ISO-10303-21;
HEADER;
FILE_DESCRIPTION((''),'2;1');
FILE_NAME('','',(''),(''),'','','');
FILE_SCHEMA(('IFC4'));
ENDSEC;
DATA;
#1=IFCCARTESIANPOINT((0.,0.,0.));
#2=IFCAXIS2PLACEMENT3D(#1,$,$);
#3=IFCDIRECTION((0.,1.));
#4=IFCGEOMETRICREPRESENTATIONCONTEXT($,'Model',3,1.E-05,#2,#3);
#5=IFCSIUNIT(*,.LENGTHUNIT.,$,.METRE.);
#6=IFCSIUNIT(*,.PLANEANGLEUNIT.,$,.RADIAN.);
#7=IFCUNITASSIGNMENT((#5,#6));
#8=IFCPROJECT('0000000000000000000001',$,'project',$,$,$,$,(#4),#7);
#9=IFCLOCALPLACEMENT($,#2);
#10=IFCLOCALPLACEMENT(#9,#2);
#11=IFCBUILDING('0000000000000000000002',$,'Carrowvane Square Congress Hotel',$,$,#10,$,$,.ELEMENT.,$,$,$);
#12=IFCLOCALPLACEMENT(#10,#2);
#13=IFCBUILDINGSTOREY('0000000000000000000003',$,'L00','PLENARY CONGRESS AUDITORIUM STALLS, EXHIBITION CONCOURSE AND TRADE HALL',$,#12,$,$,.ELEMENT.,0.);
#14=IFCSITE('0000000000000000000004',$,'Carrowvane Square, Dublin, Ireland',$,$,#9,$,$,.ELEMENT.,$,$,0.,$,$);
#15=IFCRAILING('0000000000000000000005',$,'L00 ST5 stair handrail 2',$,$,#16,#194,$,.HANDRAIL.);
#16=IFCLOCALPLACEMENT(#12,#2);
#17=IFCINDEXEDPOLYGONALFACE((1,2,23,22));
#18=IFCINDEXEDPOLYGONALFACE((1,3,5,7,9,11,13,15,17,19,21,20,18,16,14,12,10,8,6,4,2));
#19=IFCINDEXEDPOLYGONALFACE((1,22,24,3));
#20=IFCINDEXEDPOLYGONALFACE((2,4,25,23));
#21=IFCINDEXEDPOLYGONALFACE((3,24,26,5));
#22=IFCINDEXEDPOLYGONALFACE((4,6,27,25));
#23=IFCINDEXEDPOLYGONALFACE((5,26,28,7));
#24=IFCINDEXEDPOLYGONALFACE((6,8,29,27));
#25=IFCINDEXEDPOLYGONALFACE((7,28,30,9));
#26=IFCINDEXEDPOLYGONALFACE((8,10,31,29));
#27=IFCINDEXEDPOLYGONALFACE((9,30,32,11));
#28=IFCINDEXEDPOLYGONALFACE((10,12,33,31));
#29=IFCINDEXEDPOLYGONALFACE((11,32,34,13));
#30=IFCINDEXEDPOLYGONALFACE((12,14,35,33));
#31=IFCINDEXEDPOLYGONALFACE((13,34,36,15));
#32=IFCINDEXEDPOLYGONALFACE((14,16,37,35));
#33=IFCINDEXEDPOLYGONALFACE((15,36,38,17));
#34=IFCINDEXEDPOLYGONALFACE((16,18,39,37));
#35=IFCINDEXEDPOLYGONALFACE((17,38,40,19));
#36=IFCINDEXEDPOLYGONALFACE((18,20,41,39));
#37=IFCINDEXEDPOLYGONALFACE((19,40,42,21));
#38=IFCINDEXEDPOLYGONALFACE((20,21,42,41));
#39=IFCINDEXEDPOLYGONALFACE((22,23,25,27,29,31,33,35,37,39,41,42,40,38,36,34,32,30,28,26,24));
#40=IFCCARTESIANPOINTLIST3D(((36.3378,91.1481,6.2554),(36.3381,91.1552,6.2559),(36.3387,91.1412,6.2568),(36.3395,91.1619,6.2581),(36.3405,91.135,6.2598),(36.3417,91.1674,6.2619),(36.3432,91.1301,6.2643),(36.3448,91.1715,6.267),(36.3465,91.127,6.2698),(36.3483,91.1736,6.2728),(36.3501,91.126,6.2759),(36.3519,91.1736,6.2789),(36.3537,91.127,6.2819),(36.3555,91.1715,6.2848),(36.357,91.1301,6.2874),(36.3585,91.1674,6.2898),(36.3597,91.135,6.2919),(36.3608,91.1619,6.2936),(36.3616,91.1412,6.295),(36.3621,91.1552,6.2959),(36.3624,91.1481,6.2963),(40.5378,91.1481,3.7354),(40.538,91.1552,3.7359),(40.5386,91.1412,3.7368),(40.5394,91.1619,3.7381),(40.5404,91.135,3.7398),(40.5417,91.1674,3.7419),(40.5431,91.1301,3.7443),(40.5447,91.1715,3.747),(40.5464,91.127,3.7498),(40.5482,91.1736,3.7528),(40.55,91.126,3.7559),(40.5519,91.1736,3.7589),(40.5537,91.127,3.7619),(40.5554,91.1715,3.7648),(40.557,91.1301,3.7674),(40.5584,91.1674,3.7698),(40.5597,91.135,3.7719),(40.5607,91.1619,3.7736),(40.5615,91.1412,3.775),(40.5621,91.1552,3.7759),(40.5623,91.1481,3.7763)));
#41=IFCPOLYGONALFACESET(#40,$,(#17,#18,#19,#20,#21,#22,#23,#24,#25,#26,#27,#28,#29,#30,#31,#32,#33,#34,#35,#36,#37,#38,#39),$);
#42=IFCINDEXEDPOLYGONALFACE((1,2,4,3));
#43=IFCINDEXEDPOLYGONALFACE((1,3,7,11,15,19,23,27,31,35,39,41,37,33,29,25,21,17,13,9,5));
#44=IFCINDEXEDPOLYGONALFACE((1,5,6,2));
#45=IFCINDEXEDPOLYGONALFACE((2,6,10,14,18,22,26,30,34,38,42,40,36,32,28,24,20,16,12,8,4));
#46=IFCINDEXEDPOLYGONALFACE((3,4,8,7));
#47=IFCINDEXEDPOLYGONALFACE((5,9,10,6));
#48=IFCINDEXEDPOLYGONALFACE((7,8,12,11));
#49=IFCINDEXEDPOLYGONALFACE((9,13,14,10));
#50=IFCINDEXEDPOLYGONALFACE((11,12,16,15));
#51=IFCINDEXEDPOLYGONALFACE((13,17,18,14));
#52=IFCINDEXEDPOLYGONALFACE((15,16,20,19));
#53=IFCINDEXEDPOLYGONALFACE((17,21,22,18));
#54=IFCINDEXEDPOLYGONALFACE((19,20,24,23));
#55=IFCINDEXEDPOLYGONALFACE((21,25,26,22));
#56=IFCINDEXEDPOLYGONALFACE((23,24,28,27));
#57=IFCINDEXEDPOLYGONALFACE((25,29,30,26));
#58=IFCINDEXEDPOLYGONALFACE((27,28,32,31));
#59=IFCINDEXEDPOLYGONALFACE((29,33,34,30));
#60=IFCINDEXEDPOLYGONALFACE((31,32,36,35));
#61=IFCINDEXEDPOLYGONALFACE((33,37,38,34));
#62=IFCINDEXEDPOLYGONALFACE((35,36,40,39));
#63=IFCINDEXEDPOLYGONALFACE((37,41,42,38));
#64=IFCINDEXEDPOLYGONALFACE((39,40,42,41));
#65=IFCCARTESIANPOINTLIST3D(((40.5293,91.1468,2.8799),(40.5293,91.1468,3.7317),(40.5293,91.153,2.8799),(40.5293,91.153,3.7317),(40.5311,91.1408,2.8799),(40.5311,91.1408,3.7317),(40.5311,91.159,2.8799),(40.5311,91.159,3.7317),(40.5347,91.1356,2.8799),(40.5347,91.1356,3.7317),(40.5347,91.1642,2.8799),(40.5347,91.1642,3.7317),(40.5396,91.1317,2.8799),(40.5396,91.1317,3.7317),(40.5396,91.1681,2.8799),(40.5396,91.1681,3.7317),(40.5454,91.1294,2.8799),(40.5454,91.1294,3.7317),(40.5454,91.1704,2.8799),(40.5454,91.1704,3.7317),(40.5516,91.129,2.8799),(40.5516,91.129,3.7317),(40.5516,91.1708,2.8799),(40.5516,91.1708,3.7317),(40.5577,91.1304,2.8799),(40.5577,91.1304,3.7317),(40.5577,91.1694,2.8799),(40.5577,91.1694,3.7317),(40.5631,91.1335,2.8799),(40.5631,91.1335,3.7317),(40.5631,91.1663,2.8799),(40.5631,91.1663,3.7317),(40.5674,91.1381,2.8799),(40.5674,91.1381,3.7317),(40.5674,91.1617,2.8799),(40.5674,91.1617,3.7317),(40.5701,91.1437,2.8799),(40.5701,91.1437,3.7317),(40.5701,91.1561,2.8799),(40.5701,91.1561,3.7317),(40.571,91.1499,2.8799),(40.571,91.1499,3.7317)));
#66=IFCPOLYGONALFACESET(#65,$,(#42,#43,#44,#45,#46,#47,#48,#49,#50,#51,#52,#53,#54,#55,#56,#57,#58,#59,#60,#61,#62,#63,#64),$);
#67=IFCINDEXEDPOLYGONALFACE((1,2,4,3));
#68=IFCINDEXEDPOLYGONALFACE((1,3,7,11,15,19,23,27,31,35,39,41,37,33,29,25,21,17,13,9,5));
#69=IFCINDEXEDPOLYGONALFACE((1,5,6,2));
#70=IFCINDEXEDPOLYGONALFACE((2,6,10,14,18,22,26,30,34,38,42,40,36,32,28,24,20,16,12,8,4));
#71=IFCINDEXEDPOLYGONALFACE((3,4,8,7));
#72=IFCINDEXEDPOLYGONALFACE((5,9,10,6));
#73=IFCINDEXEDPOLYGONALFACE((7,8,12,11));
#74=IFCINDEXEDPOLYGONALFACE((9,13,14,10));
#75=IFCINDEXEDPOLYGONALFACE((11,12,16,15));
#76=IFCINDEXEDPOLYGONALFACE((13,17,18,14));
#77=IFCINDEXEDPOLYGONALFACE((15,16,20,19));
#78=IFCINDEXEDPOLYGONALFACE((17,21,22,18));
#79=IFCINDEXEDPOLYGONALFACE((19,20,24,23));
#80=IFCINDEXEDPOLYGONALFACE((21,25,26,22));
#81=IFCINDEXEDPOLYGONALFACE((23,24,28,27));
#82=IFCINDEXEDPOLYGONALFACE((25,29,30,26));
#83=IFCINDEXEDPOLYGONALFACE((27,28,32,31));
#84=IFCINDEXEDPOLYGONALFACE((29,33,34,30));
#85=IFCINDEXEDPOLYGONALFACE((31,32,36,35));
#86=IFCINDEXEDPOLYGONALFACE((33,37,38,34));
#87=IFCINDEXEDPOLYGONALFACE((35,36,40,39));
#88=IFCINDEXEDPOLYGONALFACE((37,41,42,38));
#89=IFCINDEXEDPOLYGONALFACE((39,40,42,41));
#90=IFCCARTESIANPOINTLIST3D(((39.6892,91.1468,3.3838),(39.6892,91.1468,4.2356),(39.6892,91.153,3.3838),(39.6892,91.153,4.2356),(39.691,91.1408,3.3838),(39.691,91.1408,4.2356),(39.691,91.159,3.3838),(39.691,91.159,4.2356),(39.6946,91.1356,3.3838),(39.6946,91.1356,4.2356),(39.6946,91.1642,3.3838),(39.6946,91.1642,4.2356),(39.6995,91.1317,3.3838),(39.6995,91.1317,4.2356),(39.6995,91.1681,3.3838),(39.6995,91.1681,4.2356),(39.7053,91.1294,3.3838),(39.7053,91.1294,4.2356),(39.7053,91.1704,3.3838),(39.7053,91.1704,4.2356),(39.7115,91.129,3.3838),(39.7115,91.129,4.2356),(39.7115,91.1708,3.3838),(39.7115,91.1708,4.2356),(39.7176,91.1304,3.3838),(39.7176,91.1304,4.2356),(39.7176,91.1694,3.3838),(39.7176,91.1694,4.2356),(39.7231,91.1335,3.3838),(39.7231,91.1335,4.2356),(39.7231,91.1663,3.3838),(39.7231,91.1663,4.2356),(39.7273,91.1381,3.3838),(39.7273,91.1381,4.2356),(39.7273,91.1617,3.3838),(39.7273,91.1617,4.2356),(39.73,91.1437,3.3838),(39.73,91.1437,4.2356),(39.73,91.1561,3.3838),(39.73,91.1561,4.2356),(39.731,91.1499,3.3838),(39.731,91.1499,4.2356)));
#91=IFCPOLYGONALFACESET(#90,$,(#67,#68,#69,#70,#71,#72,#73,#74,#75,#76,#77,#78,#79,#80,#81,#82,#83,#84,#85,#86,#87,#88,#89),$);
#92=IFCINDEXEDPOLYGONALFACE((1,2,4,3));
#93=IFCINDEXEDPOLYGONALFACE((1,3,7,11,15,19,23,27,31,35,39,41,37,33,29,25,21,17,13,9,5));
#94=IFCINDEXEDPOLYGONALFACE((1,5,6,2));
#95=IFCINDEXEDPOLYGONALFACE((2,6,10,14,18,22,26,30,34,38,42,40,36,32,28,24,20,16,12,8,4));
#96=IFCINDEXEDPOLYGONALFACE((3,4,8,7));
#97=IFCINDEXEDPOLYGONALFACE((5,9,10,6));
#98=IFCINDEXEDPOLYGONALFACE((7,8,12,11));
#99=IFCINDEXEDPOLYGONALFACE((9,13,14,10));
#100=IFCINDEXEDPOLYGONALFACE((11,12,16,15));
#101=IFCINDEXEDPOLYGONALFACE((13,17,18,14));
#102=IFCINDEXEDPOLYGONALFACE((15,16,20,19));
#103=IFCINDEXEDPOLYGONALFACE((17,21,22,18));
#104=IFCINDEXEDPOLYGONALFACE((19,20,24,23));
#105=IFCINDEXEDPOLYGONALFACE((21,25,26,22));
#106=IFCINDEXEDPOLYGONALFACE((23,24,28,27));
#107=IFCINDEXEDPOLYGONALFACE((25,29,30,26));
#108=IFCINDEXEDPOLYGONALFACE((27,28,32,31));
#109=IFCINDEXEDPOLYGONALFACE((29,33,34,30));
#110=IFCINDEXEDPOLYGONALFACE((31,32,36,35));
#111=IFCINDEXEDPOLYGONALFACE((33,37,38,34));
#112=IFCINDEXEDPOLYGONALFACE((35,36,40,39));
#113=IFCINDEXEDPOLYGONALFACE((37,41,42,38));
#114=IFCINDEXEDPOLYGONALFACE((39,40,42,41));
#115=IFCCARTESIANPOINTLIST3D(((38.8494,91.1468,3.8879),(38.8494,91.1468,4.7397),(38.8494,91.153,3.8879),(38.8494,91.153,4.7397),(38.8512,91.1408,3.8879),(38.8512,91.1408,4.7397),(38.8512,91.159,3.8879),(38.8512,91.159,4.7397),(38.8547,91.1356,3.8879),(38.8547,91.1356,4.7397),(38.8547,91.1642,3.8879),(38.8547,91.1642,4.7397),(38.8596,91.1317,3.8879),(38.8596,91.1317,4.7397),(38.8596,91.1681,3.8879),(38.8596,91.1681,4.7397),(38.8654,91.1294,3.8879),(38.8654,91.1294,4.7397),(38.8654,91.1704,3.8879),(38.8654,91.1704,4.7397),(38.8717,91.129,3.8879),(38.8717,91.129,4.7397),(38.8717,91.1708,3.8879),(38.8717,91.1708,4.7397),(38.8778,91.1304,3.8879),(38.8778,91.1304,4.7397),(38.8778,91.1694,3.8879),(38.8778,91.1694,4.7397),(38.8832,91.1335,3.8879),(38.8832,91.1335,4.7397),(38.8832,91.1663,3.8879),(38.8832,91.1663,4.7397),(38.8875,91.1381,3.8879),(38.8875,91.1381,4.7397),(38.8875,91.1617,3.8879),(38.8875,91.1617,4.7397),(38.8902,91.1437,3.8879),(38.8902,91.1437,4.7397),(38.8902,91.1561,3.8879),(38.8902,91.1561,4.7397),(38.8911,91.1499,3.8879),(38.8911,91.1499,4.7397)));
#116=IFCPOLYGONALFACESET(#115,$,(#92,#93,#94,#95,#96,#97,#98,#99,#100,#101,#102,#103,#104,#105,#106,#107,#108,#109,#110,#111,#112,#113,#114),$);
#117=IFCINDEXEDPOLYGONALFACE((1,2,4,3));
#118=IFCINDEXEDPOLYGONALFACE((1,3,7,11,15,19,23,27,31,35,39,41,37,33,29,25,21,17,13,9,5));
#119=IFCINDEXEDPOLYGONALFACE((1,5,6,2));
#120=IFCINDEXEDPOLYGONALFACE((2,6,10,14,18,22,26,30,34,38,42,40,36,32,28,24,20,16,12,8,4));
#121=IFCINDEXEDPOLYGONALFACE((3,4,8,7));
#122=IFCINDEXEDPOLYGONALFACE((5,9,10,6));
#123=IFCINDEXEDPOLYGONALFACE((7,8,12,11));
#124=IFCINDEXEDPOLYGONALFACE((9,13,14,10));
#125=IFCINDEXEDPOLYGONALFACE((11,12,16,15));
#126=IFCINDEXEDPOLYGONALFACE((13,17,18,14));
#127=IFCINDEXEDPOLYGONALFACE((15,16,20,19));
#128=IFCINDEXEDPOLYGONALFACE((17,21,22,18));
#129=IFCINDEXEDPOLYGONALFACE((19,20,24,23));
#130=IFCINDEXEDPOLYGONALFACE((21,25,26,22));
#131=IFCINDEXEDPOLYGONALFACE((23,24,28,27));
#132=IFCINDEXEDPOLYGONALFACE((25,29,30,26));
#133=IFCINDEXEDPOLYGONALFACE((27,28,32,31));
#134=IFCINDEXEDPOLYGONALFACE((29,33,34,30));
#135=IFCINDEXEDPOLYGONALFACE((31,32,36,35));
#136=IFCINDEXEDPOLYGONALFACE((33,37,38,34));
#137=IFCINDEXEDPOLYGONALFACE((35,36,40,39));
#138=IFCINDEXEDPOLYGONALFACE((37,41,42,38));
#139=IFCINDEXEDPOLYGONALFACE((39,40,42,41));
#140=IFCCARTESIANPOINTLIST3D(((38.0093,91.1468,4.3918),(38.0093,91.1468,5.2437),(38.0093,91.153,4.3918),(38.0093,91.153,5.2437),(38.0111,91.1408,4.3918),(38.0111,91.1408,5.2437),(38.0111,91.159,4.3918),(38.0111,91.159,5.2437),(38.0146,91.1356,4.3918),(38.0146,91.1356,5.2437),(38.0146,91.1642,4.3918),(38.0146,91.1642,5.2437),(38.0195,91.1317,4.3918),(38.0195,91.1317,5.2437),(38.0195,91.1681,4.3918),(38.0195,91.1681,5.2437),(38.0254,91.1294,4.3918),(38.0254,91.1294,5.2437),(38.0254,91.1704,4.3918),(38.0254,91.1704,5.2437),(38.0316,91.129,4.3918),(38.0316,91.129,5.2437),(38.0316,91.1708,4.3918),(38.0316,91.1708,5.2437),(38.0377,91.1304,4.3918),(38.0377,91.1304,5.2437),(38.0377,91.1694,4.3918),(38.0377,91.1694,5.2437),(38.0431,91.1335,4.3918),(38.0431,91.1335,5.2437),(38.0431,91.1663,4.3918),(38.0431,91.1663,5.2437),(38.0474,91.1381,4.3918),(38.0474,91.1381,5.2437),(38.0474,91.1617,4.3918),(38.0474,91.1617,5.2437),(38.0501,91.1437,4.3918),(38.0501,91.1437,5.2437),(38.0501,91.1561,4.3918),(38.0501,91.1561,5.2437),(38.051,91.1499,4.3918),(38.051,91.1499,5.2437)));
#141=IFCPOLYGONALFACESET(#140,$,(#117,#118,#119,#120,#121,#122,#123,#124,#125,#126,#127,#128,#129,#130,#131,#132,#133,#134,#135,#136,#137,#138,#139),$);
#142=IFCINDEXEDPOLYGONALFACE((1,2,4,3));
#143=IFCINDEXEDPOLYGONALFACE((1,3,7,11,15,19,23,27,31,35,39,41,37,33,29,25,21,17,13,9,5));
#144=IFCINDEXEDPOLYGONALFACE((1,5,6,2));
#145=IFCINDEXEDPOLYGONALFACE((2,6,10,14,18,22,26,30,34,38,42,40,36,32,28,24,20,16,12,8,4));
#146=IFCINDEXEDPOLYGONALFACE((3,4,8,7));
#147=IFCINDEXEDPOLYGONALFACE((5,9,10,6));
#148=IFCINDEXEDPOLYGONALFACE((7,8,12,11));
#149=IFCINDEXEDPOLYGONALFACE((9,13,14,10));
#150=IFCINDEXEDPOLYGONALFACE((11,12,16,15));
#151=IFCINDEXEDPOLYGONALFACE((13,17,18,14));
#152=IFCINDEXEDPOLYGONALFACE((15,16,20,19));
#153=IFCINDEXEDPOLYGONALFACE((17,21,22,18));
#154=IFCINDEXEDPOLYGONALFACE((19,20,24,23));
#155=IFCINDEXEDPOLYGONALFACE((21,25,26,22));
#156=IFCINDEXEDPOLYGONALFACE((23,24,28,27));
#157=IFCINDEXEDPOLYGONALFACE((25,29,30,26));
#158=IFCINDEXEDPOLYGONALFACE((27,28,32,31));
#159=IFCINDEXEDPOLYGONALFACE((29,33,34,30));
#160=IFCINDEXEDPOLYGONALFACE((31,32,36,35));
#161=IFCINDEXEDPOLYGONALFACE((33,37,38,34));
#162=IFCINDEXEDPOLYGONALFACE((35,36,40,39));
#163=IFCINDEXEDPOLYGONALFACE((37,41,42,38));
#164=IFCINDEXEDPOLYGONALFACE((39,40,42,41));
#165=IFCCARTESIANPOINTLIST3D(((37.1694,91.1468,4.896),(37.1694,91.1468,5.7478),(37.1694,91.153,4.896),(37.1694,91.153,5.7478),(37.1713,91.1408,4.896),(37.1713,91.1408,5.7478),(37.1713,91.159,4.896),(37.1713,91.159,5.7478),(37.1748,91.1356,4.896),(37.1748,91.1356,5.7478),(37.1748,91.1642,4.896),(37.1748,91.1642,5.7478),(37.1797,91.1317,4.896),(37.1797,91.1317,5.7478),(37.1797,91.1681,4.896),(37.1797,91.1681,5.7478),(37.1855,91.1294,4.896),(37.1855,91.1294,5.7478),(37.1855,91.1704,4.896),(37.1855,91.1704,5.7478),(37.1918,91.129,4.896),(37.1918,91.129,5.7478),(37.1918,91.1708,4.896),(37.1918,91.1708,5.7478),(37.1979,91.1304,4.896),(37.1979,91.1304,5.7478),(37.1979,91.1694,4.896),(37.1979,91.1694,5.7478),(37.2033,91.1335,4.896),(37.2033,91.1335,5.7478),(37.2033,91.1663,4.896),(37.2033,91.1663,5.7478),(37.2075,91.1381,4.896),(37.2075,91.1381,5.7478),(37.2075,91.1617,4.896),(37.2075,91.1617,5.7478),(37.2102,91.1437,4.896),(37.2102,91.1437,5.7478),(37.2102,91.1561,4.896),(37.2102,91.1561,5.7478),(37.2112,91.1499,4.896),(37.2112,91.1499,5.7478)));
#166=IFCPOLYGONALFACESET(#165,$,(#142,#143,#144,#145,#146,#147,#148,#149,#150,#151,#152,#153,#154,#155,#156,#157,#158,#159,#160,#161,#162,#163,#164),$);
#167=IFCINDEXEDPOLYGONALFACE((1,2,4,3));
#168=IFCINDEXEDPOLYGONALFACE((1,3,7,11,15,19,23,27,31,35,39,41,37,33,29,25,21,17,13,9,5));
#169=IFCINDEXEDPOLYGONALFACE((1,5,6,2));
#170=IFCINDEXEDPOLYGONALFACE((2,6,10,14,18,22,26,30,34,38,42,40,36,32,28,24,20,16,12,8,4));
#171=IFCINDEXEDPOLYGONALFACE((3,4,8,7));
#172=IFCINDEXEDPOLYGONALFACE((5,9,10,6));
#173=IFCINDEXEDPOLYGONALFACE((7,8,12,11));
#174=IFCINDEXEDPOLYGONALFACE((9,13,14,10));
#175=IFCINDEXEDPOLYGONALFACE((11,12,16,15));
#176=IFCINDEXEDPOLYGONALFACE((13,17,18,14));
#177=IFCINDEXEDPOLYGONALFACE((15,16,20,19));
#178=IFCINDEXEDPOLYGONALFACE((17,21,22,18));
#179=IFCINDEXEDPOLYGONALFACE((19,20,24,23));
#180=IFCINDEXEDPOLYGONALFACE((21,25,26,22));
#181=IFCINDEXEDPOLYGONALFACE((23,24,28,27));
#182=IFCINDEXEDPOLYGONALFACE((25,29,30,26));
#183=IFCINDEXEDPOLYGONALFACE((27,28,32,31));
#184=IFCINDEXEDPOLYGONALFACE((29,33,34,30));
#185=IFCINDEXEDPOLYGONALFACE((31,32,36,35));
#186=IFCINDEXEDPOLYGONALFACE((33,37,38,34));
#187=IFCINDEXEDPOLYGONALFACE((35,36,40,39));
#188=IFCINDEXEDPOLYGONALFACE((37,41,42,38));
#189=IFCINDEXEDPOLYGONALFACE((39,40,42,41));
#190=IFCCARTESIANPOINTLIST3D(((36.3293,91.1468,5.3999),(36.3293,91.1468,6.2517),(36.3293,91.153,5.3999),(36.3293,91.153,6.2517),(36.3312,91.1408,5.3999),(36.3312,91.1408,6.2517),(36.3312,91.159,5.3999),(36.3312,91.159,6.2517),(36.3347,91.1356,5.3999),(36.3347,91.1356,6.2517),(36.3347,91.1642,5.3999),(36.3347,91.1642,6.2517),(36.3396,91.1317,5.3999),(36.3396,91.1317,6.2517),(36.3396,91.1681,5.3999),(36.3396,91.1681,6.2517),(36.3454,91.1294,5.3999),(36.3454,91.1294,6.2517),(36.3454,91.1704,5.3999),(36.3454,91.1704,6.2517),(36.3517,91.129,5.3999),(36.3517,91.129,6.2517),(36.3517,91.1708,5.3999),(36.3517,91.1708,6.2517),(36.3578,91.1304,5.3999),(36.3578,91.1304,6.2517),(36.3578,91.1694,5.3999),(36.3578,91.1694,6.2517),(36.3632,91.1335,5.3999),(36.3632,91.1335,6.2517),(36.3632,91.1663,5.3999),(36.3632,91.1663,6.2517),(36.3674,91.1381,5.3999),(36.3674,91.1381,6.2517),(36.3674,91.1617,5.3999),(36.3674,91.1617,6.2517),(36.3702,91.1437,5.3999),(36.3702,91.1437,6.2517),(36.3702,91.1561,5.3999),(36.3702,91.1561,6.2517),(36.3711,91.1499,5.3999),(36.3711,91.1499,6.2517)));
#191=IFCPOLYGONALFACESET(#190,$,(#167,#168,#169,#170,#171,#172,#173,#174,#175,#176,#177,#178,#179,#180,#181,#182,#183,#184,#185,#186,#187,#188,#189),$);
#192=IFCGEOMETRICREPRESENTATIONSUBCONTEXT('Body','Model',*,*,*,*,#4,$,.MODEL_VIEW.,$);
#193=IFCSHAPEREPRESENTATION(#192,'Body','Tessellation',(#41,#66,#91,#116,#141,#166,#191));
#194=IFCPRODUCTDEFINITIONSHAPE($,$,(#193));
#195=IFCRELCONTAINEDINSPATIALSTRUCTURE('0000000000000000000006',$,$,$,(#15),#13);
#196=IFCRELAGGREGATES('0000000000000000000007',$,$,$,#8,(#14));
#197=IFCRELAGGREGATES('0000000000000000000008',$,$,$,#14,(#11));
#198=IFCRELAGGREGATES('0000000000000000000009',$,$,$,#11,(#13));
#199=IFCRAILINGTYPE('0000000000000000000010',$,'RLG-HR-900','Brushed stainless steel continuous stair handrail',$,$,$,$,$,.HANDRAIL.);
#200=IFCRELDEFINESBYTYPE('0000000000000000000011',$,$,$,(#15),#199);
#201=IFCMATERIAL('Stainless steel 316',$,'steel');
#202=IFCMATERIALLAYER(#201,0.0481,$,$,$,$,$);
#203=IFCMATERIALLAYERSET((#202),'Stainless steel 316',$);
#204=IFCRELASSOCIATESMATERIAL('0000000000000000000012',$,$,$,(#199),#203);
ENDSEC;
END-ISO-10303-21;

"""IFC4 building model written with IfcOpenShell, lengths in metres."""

from ifc_helpers import new_model, si_unit, direction, frame, origin, origin_2d, place, context, subcontext, project, spatial, circle, extrude, material, layer, layer_set, type_object, element, save


model = new_model("IFC4")

# Units and contexts
model_context = context("Model", 3, precision=1e-05, world=origin(), true_north=direction((0.0, 1.0)))
body_context = subcontext(model_context, "Body", "Model", "MODEL_VIEW")
ifc_project = project(units=[si_unit("LENGTHUNIT", "METRE"), si_unit("PLANEANGLEUNIT", "RADIAN")], contexts=[model_context])

# Site, building, storey
site_placement = place(None, origin())
site = spatial("IfcSite", under=ifc_project, at=site_placement, Name="Carrowvane Square, Dublin, Ireland", CompositionType="ELEMENT", RefElevation=0.0)
building_placement = place(site_placement, origin())
building = spatial("IfcBuilding", under=site, at=building_placement, Name="Carrowvane Square Congress Hotel", CompositionType="ELEMENT")
storey_placement = place(building_placement, origin())
storey = spatial("IfcBuildingStorey", under=building, at=storey_placement, Name="L00", Description="PLENARY CONGRESS AUDITORIUM STALLS, EXHIBITION CONCOURSE AND TRADE HALL", CompositionType="ELEMENT", Elevation=0.0)

# Railing
ifc_material_1 = material(Name="Stainless steel 316", Category="steel")
ifc_layer_1 = layer(ifc_material_1, 0.0481)
ifc_layer_set_1 = layer_set([ifc_layer_1], Name="Stainless steel 316")
railing_type_1 = type_object("IfcRailingType", Name="RLG-HR-900", Description="Brushed stainless steel continuous stair handrail", PredefinedType="HANDRAIL", material=ifc_layer_set_1)
railing_1_placement = place(storey_placement, frame((40.55, 91.1499, 2.8799)))
element("IfcRailing", 1, at=railing_1_placement, inside=storey, type_object=railing_type_1, Name="L00 ST5 stair handrail 2", PredefinedType="HANDRAIL", context=body_context, shape_type="SweptSolid", body=[
    extrude(circle(Radius=0.0239, at=origin_2d()), frame((0.0, 0.0, 0.876), z_axis=(-0.857489, 0.0, 0.514503), x_axis=(0.0, -1.0, 0.0)), (0.0, 0.0, 1.0), 4.8979),
    extrude(circle(Radius=0.021, at=origin_2d()), origin(), (0.0, 0.0, 1.0), 0.8518),
    extrude(circle(Radius=0.021, at=origin_2d()), frame((-0.8401, 0.0, 0.5039)), (0.0, 0.0, 1.0), 0.8518),
    extrude(circle(Radius=0.021, at=origin_2d()), frame((-1.6799, 0.0, 1.0081)), (0.0, 0.0, 1.0), 0.8518),
    extrude(circle(Radius=0.021, at=origin_2d()), frame((-2.52, 0.0, 1.512)), (0.0, 0.0, 1.0), 0.8518),
    extrude(circle(Radius=0.021, at=origin_2d()), frame((-3.3599, 0.0, 2.0161)), (0.0, 0.0, 1.0), 0.8518),
    extrude(circle(Radius=0.021, at=origin_2d()), frame((-4.2, 0.0, 2.52)), (0.0, 0.0, 1.0), 0.8518),
])

save(model, "model.ifc")
